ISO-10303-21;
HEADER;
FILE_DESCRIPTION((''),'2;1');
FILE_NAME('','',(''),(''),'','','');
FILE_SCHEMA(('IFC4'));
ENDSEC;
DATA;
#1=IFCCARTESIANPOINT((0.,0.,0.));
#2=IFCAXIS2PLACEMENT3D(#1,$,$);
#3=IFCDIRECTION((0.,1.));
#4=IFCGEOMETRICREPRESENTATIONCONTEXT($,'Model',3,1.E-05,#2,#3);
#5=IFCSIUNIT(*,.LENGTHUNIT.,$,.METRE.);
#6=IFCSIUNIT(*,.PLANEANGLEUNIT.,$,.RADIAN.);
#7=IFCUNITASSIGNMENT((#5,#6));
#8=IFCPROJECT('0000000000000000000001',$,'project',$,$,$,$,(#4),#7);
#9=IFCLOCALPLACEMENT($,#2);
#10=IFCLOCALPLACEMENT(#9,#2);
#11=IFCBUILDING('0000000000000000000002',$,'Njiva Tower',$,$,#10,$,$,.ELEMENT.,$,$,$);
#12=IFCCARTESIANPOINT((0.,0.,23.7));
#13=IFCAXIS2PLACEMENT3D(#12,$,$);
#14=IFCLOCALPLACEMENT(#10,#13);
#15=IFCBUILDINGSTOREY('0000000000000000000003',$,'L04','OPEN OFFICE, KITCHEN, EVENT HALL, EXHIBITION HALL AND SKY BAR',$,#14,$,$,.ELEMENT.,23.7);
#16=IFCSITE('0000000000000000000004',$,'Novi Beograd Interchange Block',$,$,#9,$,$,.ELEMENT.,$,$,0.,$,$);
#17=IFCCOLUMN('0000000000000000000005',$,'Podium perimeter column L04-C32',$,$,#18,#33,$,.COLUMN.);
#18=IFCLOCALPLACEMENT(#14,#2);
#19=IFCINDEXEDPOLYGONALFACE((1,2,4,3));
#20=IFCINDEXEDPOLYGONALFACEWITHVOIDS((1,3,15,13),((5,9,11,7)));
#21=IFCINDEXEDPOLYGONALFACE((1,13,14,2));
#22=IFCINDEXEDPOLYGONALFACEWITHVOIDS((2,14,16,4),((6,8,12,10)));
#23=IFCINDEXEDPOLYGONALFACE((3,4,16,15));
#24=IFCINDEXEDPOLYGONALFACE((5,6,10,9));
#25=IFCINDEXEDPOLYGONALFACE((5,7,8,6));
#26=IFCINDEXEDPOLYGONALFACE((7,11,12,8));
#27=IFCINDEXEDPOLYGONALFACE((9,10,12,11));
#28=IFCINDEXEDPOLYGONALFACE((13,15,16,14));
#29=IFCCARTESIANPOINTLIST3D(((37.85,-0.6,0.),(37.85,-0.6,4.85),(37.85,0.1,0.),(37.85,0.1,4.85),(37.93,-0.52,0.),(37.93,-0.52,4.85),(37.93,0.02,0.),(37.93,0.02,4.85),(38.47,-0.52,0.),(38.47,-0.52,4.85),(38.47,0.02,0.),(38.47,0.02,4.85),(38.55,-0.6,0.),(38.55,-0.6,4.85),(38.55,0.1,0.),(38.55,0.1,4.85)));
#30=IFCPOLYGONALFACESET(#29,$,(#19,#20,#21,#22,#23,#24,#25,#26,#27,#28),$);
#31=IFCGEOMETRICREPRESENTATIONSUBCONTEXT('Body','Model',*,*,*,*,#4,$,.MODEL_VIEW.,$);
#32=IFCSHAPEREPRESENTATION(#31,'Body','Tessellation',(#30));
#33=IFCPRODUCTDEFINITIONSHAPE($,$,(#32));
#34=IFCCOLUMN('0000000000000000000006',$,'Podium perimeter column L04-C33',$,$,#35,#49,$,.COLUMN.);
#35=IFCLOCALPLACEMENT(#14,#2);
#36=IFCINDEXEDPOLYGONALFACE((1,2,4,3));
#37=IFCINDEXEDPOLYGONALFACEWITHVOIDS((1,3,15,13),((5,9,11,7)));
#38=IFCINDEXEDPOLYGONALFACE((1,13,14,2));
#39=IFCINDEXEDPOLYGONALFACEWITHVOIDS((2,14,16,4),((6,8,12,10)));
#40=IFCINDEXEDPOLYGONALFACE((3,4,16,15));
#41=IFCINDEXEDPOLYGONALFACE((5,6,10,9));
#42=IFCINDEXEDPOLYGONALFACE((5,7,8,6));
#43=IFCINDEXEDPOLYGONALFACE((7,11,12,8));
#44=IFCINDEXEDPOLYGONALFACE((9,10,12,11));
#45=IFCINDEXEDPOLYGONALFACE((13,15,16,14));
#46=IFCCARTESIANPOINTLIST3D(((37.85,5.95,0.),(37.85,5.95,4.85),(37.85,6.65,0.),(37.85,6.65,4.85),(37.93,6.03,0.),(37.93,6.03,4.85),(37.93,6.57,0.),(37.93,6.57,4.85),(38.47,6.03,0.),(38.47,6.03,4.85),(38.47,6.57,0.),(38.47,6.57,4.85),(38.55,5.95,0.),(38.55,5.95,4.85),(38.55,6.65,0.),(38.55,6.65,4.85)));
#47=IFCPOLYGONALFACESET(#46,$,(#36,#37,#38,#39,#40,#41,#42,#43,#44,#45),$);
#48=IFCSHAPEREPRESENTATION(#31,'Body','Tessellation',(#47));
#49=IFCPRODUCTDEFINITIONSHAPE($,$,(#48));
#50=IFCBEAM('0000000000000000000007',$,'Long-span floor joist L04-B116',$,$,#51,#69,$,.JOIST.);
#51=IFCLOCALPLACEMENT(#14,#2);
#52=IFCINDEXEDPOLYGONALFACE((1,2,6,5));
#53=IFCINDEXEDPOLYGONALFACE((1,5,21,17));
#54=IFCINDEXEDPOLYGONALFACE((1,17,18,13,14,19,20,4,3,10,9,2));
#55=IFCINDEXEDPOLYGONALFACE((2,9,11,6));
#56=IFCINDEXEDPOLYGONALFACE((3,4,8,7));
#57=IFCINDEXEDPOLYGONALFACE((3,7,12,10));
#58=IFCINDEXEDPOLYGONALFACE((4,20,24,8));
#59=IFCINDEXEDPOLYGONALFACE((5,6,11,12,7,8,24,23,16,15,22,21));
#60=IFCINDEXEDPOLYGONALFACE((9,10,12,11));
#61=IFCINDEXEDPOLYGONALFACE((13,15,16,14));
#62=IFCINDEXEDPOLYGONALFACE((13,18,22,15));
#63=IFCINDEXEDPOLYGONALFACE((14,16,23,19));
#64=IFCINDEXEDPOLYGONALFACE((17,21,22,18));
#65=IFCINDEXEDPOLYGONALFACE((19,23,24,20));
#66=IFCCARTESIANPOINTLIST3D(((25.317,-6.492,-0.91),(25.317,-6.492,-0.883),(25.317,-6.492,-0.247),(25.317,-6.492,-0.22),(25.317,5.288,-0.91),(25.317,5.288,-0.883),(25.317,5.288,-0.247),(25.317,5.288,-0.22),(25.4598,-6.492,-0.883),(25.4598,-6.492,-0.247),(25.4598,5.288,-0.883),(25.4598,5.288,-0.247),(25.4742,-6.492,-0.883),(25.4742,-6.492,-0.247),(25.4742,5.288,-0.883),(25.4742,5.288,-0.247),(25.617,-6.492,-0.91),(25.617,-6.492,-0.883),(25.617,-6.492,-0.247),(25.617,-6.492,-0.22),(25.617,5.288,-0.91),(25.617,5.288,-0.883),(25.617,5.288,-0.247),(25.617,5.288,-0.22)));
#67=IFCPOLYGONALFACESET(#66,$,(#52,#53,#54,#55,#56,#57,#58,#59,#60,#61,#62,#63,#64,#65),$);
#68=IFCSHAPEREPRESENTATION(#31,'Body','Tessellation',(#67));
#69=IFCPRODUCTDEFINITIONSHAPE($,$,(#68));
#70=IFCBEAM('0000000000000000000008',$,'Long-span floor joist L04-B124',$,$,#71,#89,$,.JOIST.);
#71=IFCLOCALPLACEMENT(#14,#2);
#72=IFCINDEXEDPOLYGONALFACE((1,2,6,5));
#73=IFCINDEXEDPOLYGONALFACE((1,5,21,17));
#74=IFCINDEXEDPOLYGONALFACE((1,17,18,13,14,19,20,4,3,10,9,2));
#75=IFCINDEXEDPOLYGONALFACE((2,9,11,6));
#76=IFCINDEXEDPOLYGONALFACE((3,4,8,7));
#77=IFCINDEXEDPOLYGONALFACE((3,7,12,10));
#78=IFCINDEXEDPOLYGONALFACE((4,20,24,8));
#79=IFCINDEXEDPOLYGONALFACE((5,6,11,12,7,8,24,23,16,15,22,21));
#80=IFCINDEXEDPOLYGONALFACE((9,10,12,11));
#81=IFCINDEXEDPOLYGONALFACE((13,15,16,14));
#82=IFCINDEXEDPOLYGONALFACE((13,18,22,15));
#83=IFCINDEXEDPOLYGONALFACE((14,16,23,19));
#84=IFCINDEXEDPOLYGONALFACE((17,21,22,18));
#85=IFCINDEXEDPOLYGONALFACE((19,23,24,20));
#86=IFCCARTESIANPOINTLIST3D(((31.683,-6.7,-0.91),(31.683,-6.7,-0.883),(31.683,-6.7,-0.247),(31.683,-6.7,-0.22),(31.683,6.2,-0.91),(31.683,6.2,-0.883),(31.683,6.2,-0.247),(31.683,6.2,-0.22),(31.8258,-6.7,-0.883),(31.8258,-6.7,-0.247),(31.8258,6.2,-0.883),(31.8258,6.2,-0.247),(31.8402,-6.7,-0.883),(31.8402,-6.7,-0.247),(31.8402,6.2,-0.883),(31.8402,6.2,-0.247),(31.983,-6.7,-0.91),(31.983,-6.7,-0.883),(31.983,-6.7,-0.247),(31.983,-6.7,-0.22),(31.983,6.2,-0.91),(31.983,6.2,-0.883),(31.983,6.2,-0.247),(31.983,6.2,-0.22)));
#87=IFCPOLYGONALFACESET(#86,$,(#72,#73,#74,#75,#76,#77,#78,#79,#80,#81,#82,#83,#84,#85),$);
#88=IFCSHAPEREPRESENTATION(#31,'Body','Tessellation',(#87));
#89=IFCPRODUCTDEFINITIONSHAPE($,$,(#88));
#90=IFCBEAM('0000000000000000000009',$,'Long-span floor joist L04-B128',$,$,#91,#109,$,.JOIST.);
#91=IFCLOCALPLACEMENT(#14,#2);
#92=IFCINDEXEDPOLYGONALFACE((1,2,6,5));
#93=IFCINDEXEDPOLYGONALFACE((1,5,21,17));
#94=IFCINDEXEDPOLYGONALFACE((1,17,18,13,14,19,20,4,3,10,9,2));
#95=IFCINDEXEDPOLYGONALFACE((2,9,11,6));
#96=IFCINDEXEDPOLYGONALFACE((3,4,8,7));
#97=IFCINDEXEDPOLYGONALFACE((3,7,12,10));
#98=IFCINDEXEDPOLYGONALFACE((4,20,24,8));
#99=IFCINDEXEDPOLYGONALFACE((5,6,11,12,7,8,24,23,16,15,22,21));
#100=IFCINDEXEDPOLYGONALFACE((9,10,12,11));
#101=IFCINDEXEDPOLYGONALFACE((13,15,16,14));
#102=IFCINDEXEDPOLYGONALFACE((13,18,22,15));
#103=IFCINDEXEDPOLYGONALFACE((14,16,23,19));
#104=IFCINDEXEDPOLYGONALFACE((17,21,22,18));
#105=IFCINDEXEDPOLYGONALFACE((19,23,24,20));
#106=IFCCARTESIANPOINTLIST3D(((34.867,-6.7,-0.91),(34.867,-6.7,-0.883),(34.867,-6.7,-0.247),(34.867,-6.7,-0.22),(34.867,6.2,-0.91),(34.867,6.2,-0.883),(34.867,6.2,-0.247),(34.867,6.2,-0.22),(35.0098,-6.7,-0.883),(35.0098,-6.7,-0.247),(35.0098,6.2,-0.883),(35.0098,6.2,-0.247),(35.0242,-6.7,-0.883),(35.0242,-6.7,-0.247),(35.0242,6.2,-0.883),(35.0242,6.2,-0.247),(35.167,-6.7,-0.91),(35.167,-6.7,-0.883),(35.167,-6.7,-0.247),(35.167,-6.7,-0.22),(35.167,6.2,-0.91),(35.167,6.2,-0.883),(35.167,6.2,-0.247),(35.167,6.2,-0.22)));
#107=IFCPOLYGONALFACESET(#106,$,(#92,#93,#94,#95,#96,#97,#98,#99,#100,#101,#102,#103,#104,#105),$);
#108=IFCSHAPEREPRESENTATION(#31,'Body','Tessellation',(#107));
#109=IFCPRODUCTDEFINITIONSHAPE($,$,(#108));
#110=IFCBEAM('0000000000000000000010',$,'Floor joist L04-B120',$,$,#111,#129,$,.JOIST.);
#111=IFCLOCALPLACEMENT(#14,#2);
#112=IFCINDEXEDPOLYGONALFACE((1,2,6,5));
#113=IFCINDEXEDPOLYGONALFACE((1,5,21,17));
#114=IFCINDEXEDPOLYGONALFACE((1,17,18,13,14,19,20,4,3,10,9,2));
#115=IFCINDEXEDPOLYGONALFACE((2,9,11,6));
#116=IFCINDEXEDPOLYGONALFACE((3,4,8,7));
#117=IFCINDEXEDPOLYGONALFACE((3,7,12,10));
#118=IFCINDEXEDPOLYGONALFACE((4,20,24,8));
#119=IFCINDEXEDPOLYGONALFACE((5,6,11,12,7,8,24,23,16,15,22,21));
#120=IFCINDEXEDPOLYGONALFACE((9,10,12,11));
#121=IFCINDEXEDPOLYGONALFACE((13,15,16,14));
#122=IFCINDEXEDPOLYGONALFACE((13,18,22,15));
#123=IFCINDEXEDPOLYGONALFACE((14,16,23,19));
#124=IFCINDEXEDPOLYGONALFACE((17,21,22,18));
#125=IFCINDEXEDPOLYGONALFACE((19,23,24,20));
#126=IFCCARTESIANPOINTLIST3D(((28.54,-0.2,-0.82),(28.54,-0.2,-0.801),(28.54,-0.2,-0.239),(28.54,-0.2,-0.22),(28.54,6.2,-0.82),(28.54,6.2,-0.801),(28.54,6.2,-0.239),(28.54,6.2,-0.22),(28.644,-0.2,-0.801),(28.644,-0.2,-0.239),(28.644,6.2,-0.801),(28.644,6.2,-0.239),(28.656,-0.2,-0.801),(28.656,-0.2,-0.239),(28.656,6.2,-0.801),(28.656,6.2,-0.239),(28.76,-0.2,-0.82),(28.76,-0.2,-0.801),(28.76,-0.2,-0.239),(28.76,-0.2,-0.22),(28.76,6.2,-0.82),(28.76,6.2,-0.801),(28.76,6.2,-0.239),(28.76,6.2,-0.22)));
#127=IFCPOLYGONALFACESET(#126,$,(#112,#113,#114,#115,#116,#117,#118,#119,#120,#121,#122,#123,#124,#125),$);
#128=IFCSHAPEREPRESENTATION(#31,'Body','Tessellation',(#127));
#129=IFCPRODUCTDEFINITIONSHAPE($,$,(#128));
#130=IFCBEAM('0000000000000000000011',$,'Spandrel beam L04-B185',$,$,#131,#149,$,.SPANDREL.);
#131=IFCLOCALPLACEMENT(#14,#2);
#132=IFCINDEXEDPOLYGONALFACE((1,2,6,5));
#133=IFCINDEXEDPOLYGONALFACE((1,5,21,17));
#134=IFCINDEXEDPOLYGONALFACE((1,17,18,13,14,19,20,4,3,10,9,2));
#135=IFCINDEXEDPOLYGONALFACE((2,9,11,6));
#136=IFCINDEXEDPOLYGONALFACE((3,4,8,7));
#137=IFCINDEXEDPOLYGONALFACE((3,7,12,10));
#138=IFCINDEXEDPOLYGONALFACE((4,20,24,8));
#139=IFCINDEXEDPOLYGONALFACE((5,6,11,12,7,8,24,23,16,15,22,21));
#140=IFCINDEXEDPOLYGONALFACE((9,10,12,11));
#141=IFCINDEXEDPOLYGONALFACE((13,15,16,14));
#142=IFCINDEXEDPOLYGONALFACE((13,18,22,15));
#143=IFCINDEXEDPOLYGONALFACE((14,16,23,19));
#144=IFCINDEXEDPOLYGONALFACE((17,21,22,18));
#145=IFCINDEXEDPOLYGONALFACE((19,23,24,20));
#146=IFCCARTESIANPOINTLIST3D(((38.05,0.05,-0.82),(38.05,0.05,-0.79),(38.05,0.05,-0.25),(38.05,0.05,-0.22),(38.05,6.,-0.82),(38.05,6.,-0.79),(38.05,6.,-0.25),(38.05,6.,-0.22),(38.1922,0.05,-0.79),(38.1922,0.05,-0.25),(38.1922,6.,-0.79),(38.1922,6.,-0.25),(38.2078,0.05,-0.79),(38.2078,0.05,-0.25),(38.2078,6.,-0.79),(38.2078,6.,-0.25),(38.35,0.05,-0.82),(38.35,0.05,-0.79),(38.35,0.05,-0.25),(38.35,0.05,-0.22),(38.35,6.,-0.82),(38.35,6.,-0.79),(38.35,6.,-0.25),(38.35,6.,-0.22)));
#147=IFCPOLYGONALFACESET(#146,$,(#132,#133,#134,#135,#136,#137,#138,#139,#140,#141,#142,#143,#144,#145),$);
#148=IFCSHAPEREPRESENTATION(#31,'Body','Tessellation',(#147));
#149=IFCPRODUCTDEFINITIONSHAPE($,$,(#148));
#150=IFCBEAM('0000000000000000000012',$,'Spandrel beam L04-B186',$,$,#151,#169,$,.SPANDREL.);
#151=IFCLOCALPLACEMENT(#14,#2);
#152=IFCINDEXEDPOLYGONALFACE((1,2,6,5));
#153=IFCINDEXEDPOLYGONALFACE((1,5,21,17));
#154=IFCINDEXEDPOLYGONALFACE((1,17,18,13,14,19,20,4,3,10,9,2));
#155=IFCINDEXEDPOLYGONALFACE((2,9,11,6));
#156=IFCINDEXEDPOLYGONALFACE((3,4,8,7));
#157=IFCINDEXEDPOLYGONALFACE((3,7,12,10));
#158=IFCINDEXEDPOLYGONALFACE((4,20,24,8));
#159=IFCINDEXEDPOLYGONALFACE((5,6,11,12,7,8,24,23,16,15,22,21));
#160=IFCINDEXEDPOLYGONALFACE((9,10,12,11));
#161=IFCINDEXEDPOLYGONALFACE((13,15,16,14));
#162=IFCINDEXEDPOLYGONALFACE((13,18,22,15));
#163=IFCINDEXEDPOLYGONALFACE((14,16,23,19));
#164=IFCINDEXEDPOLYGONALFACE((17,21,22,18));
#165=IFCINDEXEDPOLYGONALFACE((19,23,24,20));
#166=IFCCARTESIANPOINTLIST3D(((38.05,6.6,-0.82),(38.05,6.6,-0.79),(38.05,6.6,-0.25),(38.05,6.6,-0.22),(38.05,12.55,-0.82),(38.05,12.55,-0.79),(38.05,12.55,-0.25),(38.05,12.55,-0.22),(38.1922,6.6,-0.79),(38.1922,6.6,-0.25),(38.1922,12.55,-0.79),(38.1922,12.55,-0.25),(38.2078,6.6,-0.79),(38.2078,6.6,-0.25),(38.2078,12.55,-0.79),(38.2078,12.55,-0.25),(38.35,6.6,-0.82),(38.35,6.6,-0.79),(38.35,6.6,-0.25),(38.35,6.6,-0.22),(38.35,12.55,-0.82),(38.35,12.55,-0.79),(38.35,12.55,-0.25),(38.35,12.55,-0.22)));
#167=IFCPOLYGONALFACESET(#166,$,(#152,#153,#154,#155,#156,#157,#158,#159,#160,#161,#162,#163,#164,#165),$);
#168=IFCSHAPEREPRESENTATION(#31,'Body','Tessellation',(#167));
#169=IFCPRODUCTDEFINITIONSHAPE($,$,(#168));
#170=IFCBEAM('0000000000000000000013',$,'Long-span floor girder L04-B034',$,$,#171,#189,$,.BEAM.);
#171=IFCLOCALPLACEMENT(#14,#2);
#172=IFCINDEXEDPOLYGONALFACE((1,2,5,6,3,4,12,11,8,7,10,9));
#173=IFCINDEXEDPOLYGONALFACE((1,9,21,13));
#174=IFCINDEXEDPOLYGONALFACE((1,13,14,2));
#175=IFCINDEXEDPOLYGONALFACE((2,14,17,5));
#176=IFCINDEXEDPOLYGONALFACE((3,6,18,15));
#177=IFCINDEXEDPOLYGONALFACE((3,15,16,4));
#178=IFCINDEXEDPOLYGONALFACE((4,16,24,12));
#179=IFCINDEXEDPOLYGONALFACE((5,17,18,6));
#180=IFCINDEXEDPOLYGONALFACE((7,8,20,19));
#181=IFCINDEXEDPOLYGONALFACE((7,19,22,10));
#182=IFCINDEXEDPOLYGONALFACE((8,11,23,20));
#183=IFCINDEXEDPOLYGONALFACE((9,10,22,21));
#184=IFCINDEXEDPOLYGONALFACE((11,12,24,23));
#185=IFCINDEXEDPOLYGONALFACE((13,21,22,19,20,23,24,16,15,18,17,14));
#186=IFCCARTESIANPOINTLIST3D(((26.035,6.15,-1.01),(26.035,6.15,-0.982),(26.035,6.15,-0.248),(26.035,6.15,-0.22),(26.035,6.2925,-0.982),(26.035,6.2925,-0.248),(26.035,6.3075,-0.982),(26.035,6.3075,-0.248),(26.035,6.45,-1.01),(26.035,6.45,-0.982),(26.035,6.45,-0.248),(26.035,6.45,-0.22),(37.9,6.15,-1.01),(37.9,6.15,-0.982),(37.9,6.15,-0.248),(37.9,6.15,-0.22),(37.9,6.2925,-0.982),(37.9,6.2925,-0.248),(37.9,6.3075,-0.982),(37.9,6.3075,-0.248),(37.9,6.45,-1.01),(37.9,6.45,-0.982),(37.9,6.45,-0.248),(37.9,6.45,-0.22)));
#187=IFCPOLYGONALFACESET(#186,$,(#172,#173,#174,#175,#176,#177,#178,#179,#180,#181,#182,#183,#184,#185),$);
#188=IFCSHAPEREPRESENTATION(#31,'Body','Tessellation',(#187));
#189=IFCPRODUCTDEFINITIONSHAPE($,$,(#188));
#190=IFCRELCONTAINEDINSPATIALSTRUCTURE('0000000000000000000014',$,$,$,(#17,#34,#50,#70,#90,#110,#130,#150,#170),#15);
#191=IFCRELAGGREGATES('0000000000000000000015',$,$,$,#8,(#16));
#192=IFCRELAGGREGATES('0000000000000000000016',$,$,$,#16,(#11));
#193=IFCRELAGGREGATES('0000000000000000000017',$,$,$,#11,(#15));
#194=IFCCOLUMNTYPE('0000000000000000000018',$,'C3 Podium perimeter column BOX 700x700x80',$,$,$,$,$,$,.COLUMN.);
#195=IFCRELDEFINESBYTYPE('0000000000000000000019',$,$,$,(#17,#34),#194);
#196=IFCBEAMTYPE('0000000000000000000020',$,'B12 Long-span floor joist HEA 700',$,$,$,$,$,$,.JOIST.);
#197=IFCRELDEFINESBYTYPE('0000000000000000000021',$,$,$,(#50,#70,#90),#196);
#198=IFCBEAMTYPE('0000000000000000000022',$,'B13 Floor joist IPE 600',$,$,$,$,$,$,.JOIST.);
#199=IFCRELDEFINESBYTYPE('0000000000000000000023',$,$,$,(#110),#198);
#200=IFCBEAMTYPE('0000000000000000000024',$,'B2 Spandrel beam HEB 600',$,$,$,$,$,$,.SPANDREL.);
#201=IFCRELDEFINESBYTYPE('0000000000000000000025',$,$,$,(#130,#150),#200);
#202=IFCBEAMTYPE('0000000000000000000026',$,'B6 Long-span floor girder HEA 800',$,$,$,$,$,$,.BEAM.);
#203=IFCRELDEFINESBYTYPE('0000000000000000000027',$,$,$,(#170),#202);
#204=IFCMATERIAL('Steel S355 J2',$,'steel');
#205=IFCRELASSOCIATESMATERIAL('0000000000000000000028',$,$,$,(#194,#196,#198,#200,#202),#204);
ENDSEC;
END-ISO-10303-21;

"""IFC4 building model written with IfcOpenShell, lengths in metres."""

from ifc_helpers import new_model, si_unit, direction, frame, origin, origin_2d, place, context, subcontext, project, spatial, hollow_rectangle, i_section, extrude, material, material_profile, profile_set, type_object, element, save


model = new_model("IFC4")

# Units and contexts
model_context = context("Model", 3, precision=1e-05, world=origin(), true_north=direction((0.0, 1.0)))
body_context = subcontext(model_context, "Body", "Model", "MODEL_VIEW")
ifc_project = project(units=[si_unit("LENGTHUNIT", "METRE"), si_unit("PLANEANGLEUNIT", "RADIAN")], contexts=[model_context])

# Site, building, storey
site_placement = place(None, origin())
site = spatial("IfcSite", under=ifc_project, at=site_placement, Name="Novi Beograd Interchange Block", CompositionType="ELEMENT", RefElevation=0.0)
building_placement = place(site_placement, origin())
building = spatial("IfcBuilding", under=site, at=building_placement, Name="Njiva Tower", CompositionType="ELEMENT")
storey_placement = place(building_placement, frame((0.0, 0.0, 23.7)))
storey = spatial("IfcBuildingStorey", under=building, at=storey_placement, Name="L04", Description="OPEN OFFICE, KITCHEN, EVENT HALL, EXHIBITION HALL AND SKY BAR", CompositionType="ELEMENT", Elevation=23.7)

# Columns
ifc_material_1 = material(Name="Steel S355 J2", Category="steel")
ifc_material_profile_1 = material_profile(ifc_material_1, hollow_rectangle(XDim=0.7, YDim=0.7, WallThickness=0.08, at=origin_2d()), Name="BOX 700x700x80")
ifc_profile_set_1 = profile_set([ifc_material_profile_1], Name="Steel S355 J2")
column_type = type_object("IfcColumnType", Name="C3 Podium perimeter column BOX 700x700x80", PredefinedType="COLUMN", material=ifc_profile_set_1)
for number, where, z_axis, x_axis, name in (
    (1, (38.2, -0.25, 0.0), (0.0, 0.0, 1.0), (0.0, 1.0, 0.0), "Podium perimeter column L04-C32"),
    (2, (38.2, 6.3, 0.0), (0.0, 0.0, 1.0), (0.0, 1.0, 0.0), "Podium perimeter column L04-C33"),
):
    element("IfcColumn", number, at=place(storey_placement, frame(where, z_axis=z_axis, x_axis=x_axis)), inside=storey, type_object=column_type, Name=name, PredefinedType="COLUMN", context=body_context, shape_type="SweptSolid", body=[
        extrude(hollow_rectangle(XDim=0.7, YDim=0.7, WallThickness=0.08, at=origin_2d()), origin(), (0.0, 0.0, 1.0), 4.85),
    ])

# Beams
ifc_material_profile_2 = material_profile(ifc_material_1, i_section(OverallWidth=0.3, OverallDepth=0.69, WebThickness=0.0145, FlangeThickness=0.027, at=origin_2d()), Name="HEA 700")
ifc_profile_set_2 = profile_set([ifc_material_profile_2], Name="Steel S355 J2")
beam_type_1 = type_object("IfcBeamType", Name="B12 Long-span floor joist HEA 700", PredefinedType="JOIST", material=ifc_profile_set_2)
beam_1_placement = place(storey_placement, frame((25.467, 5.288, -0.565), z_axis=(0.0, -1.0, 0.0), x_axis=(1.0, 0.0, 0.0)))
element("IfcBeam", 3, at=beam_1_placement, inside=storey, type_object=beam_type_1, Name="Long-span floor joist L04-B116", PredefinedType="JOIST", context=body_context, shape_type="SweptSolid", body=[
    extrude(i_section(OverallWidth=0.3, OverallDepth=0.69, WebThickness=0.0145, FlangeThickness=0.027, at=origin_2d()), origin(), (0.0, 0.0, 1.0), 11.78),
])
for number, where, z_axis, x_axis, name in (
    (4, (31.833, 6.2, -0.565), (0.0, -1.0, 0.0), (1.0, 0.0, 0.0), "Long-span floor joist L04-B124"),
    (5, (35.017, 6.2, -0.565), (0.0, -1.0, 0.0), (1.0, 0.0, 0.0), "Long-span floor joist L04-B128"),
):
    element("IfcBeam", number, at=place(storey_placement, frame(where, z_axis=z_axis, x_axis=x_axis)), inside=storey, type_object=beam_type_1, Name=name, PredefinedType="JOIST", context=body_context, shape_type="SweptSolid", body=[
        extrude(i_section(OverallWidth=0.3, OverallDepth=0.69, WebThickness=0.0145, FlangeThickness=0.027, at=origin_2d()), origin(), (0.0, 0.0, 1.0), 12.9),
    ])
ifc_material_profile_3 = material_profile(ifc_material_1, i_section(OverallWidth=0.22, OverallDepth=0.6, WebThickness=0.012, FlangeThickness=0.019, at=origin_2d()), Name="IPE 600")
ifc_profile_set_3 = profile_set([ifc_material_profile_3], Name="Steel S355 J2")
beam_type_2 = type_object("IfcBeamType", Name="B13 Floor joist IPE 600", PredefinedType="JOIST", material=ifc_profile_set_3)
beam_2_placement = place(storey_placement, frame((28.65, 6.2, -0.52), z_axis=(0.0, -1.0, 0.0), x_axis=(1.0, 0.0, 0.0)))
element("IfcBeam", 6, at=beam_2_placement, inside=storey, type_object=beam_type_2, Name="Floor joist L04-B120", PredefinedType="JOIST", context=body_context, shape_type="SweptSolid", body=[
    extrude(i_section(OverallWidth=0.22, OverallDepth=0.6, WebThickness=0.012, FlangeThickness=0.019, at=origin_2d()), origin(), (0.0, 0.0, 1.0), 6.4),
])
ifc_material_profile_4 = material_profile(ifc_material_1, i_section(OverallWidth=0.3, OverallDepth=0.6, WebThickness=0.0155, FlangeThickness=0.03, at=origin_2d()), Name="HEB 600")
ifc_profile_set_4 = profile_set([ifc_material_profile_4], Name="Steel S355 J2")
beam_type_3 = type_object("IfcBeamType", Name="B2 Spandrel beam HEB 600", PredefinedType="SPANDREL", material=ifc_profile_set_4)
for number, where, z_axis, x_axis, name in (
    (7, (38.2, 0.05, -0.52), (0.0, 1.0, 0.0), (-1.0, 0.0, 0.0), "Spandrel beam L04-B185"),
    (8, (38.2, 6.6, -0.52), (0.0, 1.0, 0.0), (-1.0, 0.0, 0.0), "Spandrel beam L04-B186"),
):
    element("IfcBeam", number, at=place(storey_placement, frame(where, z_axis=z_axis, x_axis=x_axis)), inside=storey, type_object=beam_type_3, Name=name, PredefinedType="SPANDREL", context=body_context, shape_type="SweptSolid", body=[
        extrude(i_section(OverallWidth=0.3, OverallDepth=0.6, WebThickness=0.0155, FlangeThickness=0.03, at=origin_2d()), origin(), (0.0, 0.0, 1.0), 5.95),
    ])
ifc_material_profile_5 = material_profile(ifc_material_1, i_section(OverallWidth=0.3, OverallDepth=0.79, WebThickness=0.015, FlangeThickness=0.028, at=origin_2d()), Name="HEA 800")
ifc_profile_set_5 = profile_set([ifc_material_profile_5], Name="Steel S355 J2")
beam_type_4 = type_object("IfcBeamType", Name="B6 Long-span floor girder HEA 800", PredefinedType="BEAM", material=ifc_profile_set_5)
beam_3_placement = place(storey_placement, frame((26.035, 6.3, -0.615), z_axis=(1.0, 0.0, 0.0), x_axis=(0.0, 1.0, 0.0)))
element("IfcBeam", 9, at=beam_3_placement, inside=storey, type_object=beam_type_4, Name="Long-span floor girder L04-B034", PredefinedType="BEAM", context=body_context, shape_type="SweptSolid", body=[
    extrude(i_section(OverallWidth=0.3, OverallDepth=0.79, WebThickness=0.015, FlangeThickness=0.028, at=origin_2d()), origin(), (0.0, 0.0, 1.0), 11.865),
])

save(model, "model.ifc")
